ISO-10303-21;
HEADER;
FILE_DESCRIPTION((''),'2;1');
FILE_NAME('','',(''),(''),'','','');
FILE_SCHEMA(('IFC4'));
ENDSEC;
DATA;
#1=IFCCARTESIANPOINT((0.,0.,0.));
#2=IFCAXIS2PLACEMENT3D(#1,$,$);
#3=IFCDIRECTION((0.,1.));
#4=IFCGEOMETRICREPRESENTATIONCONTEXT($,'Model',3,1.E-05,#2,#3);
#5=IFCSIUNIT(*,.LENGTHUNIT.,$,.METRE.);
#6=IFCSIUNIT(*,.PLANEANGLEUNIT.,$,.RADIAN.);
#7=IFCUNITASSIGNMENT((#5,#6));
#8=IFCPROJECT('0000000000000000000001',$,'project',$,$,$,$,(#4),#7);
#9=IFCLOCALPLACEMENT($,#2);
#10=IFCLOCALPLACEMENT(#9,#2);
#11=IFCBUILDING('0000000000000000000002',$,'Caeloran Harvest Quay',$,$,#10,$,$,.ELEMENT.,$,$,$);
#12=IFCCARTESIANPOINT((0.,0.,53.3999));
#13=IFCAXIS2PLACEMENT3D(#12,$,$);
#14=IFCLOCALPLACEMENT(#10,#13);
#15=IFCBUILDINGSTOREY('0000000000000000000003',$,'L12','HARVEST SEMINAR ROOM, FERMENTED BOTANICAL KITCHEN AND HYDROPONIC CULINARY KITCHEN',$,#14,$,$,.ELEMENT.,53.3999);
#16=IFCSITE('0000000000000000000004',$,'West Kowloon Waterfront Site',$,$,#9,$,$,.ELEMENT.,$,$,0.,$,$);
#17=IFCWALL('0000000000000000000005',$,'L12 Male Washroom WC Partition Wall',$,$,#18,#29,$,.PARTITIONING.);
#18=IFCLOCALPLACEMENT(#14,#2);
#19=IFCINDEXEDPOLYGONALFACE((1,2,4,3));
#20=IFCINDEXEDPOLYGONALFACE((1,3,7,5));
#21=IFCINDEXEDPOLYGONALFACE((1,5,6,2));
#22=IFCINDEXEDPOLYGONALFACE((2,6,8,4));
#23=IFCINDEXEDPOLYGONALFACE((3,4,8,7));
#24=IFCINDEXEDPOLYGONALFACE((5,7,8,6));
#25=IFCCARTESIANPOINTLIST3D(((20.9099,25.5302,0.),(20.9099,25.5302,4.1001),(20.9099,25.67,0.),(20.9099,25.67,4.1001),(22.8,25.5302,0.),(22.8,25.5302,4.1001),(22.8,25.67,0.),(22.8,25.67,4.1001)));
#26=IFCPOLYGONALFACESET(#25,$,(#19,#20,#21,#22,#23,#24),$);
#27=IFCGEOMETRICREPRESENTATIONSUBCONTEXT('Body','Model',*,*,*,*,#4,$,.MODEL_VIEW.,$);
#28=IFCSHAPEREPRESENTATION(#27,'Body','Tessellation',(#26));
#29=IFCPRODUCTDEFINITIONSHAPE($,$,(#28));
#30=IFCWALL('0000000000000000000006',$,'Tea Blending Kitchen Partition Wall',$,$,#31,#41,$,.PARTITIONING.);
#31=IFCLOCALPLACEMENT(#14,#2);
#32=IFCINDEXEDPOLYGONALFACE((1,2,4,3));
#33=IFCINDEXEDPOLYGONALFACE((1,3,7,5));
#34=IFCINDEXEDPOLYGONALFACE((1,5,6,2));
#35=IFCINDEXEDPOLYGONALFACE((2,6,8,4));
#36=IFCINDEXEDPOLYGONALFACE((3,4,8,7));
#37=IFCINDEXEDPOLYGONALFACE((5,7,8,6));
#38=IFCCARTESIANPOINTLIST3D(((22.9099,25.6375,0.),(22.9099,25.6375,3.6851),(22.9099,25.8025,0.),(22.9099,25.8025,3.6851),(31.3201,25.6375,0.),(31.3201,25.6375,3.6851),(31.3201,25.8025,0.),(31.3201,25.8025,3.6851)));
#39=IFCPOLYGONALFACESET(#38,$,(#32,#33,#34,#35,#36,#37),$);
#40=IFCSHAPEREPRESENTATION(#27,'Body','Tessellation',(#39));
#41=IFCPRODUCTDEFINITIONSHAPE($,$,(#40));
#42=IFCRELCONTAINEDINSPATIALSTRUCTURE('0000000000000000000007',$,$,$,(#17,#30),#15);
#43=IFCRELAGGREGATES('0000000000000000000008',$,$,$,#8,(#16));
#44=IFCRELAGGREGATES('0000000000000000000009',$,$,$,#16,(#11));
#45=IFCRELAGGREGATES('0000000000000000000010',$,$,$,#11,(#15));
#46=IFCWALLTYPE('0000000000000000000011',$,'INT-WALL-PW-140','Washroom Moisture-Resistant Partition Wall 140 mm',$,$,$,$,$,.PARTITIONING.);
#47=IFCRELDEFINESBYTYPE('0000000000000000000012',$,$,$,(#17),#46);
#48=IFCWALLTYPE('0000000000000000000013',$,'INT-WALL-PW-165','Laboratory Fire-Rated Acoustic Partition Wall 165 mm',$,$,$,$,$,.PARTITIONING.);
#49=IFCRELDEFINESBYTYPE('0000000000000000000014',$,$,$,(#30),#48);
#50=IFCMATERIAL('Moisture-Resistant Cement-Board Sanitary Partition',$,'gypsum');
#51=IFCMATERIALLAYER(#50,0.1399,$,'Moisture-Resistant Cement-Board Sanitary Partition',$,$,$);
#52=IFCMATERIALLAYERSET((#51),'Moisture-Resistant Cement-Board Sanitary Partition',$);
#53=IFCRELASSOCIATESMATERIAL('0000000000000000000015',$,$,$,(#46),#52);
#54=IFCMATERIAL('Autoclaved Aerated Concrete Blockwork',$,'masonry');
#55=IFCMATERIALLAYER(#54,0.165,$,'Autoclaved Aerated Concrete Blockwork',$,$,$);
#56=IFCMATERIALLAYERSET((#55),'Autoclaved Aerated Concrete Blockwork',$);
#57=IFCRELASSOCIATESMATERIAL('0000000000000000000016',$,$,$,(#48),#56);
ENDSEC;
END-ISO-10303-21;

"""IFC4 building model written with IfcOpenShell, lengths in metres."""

from ifc_helpers import new_model, si_unit, direction, frame, frame_2d, origin, place, context, subcontext, project, spatial, rectangle, extrude, material, layer, layer_set, type_object, element, save


model = new_model("IFC4")

# Units and contexts
model_context = context("Model", 3, precision=1e-05, world=origin(), true_north=direction((0.0, 1.0)))
body_context = subcontext(model_context, "Body", "Model", "MODEL_VIEW")
ifc_project = project(units=[si_unit("LENGTHUNIT", "METRE"), si_unit("PLANEANGLEUNIT", "RADIAN")], contexts=[model_context])

# Site, building, storey
site_placement = place(None, origin())
site = spatial("IfcSite", under=ifc_project, at=site_placement, Name="West Kowloon Waterfront Site", CompositionType="ELEMENT", RefElevation=0.0)
building_placement = place(site_placement, origin())
building = spatial("IfcBuilding", under=site, at=building_placement, Name="Caeloran Harvest Quay", CompositionType="ELEMENT")
storey_placement = place(building_placement, frame((0.0, 0.0, 53.3999)))
storey = spatial("IfcBuildingStorey", under=building, at=storey_placement, Name="L12", Description="HARVEST SEMINAR ROOM, FERMENTED BOTANICAL KITCHEN AND HYDROPONIC CULINARY KITCHEN", CompositionType="ELEMENT", Elevation=53.3999)

# Walls
ifc_material_1 = material(Name="Moisture-Resistant Cement-Board Sanitary Partition", Category="gypsum")
ifc_layer_1 = layer(ifc_material_1, 0.1399, Name="Moisture-Resistant Cement-Board Sanitary Partition")
ifc_layer_set_1 = layer_set([ifc_layer_1], Name="Moisture-Resistant Cement-Board Sanitary Partition")
wall_type_1 = type_object("IfcWallType", Name="INT-WALL-PW-140", Description="Washroom Moisture-Resistant Partition Wall 140 mm", PredefinedType="PARTITIONING", material=ifc_layer_set_1)
wall_1_placement = place(storey_placement, frame((22.8, 25.6001, 0.0), z_axis=(0.0, 0.0, 1.0), x_axis=(-1.0, 0.0, 0.0)))
element("IfcWall", 1, at=wall_1_placement, inside=storey, type_object=wall_type_1, Name="L12 Male Washroom WC Partition Wall", PredefinedType="PARTITIONING", context=body_context, shape_type="SweptSolid", body=[
    extrude(rectangle(XDim=1.8901, YDim=0.1399, at=frame_2d((0.9451, 0.0))), origin(), (0.0, 0.0, 1.0), 4.1001),
])
ifc_material_2 = material(Name="Autoclaved Aerated Concrete Blockwork", Category="masonry")
ifc_layer_2 = layer(ifc_material_2, 0.165, Name="Autoclaved Aerated Concrete Blockwork")
ifc_layer_set_2 = layer_set([ifc_layer_2], Name="Autoclaved Aerated Concrete Blockwork")
wall_type_2 = type_object("IfcWallType", Name="INT-WALL-PW-165", Description="Laboratory Fire-Rated Acoustic Partition Wall 165 mm", PredefinedType="PARTITIONING", material=ifc_layer_set_2)
wall_2_placement = place(storey_placement, frame((22.9099, 25.72, 0.0), z_axis=(0.0, 0.0, 1.0), x_axis=(1.0, 0.0, 0.0)))
element("IfcWall", 2, at=wall_2_placement, inside=storey, type_object=wall_type_2, Name="Tea Blending Kitchen Partition Wall", PredefinedType="PARTITIONING", context=body_context, shape_type="SweptSolid", body=[
    extrude(rectangle(XDim=8.4102, YDim=0.165, at=frame_2d((4.2051, 0.0))), origin(), (0.0, 0.0, 1.0), 3.6851),
])

save(model, "model.ifc")
